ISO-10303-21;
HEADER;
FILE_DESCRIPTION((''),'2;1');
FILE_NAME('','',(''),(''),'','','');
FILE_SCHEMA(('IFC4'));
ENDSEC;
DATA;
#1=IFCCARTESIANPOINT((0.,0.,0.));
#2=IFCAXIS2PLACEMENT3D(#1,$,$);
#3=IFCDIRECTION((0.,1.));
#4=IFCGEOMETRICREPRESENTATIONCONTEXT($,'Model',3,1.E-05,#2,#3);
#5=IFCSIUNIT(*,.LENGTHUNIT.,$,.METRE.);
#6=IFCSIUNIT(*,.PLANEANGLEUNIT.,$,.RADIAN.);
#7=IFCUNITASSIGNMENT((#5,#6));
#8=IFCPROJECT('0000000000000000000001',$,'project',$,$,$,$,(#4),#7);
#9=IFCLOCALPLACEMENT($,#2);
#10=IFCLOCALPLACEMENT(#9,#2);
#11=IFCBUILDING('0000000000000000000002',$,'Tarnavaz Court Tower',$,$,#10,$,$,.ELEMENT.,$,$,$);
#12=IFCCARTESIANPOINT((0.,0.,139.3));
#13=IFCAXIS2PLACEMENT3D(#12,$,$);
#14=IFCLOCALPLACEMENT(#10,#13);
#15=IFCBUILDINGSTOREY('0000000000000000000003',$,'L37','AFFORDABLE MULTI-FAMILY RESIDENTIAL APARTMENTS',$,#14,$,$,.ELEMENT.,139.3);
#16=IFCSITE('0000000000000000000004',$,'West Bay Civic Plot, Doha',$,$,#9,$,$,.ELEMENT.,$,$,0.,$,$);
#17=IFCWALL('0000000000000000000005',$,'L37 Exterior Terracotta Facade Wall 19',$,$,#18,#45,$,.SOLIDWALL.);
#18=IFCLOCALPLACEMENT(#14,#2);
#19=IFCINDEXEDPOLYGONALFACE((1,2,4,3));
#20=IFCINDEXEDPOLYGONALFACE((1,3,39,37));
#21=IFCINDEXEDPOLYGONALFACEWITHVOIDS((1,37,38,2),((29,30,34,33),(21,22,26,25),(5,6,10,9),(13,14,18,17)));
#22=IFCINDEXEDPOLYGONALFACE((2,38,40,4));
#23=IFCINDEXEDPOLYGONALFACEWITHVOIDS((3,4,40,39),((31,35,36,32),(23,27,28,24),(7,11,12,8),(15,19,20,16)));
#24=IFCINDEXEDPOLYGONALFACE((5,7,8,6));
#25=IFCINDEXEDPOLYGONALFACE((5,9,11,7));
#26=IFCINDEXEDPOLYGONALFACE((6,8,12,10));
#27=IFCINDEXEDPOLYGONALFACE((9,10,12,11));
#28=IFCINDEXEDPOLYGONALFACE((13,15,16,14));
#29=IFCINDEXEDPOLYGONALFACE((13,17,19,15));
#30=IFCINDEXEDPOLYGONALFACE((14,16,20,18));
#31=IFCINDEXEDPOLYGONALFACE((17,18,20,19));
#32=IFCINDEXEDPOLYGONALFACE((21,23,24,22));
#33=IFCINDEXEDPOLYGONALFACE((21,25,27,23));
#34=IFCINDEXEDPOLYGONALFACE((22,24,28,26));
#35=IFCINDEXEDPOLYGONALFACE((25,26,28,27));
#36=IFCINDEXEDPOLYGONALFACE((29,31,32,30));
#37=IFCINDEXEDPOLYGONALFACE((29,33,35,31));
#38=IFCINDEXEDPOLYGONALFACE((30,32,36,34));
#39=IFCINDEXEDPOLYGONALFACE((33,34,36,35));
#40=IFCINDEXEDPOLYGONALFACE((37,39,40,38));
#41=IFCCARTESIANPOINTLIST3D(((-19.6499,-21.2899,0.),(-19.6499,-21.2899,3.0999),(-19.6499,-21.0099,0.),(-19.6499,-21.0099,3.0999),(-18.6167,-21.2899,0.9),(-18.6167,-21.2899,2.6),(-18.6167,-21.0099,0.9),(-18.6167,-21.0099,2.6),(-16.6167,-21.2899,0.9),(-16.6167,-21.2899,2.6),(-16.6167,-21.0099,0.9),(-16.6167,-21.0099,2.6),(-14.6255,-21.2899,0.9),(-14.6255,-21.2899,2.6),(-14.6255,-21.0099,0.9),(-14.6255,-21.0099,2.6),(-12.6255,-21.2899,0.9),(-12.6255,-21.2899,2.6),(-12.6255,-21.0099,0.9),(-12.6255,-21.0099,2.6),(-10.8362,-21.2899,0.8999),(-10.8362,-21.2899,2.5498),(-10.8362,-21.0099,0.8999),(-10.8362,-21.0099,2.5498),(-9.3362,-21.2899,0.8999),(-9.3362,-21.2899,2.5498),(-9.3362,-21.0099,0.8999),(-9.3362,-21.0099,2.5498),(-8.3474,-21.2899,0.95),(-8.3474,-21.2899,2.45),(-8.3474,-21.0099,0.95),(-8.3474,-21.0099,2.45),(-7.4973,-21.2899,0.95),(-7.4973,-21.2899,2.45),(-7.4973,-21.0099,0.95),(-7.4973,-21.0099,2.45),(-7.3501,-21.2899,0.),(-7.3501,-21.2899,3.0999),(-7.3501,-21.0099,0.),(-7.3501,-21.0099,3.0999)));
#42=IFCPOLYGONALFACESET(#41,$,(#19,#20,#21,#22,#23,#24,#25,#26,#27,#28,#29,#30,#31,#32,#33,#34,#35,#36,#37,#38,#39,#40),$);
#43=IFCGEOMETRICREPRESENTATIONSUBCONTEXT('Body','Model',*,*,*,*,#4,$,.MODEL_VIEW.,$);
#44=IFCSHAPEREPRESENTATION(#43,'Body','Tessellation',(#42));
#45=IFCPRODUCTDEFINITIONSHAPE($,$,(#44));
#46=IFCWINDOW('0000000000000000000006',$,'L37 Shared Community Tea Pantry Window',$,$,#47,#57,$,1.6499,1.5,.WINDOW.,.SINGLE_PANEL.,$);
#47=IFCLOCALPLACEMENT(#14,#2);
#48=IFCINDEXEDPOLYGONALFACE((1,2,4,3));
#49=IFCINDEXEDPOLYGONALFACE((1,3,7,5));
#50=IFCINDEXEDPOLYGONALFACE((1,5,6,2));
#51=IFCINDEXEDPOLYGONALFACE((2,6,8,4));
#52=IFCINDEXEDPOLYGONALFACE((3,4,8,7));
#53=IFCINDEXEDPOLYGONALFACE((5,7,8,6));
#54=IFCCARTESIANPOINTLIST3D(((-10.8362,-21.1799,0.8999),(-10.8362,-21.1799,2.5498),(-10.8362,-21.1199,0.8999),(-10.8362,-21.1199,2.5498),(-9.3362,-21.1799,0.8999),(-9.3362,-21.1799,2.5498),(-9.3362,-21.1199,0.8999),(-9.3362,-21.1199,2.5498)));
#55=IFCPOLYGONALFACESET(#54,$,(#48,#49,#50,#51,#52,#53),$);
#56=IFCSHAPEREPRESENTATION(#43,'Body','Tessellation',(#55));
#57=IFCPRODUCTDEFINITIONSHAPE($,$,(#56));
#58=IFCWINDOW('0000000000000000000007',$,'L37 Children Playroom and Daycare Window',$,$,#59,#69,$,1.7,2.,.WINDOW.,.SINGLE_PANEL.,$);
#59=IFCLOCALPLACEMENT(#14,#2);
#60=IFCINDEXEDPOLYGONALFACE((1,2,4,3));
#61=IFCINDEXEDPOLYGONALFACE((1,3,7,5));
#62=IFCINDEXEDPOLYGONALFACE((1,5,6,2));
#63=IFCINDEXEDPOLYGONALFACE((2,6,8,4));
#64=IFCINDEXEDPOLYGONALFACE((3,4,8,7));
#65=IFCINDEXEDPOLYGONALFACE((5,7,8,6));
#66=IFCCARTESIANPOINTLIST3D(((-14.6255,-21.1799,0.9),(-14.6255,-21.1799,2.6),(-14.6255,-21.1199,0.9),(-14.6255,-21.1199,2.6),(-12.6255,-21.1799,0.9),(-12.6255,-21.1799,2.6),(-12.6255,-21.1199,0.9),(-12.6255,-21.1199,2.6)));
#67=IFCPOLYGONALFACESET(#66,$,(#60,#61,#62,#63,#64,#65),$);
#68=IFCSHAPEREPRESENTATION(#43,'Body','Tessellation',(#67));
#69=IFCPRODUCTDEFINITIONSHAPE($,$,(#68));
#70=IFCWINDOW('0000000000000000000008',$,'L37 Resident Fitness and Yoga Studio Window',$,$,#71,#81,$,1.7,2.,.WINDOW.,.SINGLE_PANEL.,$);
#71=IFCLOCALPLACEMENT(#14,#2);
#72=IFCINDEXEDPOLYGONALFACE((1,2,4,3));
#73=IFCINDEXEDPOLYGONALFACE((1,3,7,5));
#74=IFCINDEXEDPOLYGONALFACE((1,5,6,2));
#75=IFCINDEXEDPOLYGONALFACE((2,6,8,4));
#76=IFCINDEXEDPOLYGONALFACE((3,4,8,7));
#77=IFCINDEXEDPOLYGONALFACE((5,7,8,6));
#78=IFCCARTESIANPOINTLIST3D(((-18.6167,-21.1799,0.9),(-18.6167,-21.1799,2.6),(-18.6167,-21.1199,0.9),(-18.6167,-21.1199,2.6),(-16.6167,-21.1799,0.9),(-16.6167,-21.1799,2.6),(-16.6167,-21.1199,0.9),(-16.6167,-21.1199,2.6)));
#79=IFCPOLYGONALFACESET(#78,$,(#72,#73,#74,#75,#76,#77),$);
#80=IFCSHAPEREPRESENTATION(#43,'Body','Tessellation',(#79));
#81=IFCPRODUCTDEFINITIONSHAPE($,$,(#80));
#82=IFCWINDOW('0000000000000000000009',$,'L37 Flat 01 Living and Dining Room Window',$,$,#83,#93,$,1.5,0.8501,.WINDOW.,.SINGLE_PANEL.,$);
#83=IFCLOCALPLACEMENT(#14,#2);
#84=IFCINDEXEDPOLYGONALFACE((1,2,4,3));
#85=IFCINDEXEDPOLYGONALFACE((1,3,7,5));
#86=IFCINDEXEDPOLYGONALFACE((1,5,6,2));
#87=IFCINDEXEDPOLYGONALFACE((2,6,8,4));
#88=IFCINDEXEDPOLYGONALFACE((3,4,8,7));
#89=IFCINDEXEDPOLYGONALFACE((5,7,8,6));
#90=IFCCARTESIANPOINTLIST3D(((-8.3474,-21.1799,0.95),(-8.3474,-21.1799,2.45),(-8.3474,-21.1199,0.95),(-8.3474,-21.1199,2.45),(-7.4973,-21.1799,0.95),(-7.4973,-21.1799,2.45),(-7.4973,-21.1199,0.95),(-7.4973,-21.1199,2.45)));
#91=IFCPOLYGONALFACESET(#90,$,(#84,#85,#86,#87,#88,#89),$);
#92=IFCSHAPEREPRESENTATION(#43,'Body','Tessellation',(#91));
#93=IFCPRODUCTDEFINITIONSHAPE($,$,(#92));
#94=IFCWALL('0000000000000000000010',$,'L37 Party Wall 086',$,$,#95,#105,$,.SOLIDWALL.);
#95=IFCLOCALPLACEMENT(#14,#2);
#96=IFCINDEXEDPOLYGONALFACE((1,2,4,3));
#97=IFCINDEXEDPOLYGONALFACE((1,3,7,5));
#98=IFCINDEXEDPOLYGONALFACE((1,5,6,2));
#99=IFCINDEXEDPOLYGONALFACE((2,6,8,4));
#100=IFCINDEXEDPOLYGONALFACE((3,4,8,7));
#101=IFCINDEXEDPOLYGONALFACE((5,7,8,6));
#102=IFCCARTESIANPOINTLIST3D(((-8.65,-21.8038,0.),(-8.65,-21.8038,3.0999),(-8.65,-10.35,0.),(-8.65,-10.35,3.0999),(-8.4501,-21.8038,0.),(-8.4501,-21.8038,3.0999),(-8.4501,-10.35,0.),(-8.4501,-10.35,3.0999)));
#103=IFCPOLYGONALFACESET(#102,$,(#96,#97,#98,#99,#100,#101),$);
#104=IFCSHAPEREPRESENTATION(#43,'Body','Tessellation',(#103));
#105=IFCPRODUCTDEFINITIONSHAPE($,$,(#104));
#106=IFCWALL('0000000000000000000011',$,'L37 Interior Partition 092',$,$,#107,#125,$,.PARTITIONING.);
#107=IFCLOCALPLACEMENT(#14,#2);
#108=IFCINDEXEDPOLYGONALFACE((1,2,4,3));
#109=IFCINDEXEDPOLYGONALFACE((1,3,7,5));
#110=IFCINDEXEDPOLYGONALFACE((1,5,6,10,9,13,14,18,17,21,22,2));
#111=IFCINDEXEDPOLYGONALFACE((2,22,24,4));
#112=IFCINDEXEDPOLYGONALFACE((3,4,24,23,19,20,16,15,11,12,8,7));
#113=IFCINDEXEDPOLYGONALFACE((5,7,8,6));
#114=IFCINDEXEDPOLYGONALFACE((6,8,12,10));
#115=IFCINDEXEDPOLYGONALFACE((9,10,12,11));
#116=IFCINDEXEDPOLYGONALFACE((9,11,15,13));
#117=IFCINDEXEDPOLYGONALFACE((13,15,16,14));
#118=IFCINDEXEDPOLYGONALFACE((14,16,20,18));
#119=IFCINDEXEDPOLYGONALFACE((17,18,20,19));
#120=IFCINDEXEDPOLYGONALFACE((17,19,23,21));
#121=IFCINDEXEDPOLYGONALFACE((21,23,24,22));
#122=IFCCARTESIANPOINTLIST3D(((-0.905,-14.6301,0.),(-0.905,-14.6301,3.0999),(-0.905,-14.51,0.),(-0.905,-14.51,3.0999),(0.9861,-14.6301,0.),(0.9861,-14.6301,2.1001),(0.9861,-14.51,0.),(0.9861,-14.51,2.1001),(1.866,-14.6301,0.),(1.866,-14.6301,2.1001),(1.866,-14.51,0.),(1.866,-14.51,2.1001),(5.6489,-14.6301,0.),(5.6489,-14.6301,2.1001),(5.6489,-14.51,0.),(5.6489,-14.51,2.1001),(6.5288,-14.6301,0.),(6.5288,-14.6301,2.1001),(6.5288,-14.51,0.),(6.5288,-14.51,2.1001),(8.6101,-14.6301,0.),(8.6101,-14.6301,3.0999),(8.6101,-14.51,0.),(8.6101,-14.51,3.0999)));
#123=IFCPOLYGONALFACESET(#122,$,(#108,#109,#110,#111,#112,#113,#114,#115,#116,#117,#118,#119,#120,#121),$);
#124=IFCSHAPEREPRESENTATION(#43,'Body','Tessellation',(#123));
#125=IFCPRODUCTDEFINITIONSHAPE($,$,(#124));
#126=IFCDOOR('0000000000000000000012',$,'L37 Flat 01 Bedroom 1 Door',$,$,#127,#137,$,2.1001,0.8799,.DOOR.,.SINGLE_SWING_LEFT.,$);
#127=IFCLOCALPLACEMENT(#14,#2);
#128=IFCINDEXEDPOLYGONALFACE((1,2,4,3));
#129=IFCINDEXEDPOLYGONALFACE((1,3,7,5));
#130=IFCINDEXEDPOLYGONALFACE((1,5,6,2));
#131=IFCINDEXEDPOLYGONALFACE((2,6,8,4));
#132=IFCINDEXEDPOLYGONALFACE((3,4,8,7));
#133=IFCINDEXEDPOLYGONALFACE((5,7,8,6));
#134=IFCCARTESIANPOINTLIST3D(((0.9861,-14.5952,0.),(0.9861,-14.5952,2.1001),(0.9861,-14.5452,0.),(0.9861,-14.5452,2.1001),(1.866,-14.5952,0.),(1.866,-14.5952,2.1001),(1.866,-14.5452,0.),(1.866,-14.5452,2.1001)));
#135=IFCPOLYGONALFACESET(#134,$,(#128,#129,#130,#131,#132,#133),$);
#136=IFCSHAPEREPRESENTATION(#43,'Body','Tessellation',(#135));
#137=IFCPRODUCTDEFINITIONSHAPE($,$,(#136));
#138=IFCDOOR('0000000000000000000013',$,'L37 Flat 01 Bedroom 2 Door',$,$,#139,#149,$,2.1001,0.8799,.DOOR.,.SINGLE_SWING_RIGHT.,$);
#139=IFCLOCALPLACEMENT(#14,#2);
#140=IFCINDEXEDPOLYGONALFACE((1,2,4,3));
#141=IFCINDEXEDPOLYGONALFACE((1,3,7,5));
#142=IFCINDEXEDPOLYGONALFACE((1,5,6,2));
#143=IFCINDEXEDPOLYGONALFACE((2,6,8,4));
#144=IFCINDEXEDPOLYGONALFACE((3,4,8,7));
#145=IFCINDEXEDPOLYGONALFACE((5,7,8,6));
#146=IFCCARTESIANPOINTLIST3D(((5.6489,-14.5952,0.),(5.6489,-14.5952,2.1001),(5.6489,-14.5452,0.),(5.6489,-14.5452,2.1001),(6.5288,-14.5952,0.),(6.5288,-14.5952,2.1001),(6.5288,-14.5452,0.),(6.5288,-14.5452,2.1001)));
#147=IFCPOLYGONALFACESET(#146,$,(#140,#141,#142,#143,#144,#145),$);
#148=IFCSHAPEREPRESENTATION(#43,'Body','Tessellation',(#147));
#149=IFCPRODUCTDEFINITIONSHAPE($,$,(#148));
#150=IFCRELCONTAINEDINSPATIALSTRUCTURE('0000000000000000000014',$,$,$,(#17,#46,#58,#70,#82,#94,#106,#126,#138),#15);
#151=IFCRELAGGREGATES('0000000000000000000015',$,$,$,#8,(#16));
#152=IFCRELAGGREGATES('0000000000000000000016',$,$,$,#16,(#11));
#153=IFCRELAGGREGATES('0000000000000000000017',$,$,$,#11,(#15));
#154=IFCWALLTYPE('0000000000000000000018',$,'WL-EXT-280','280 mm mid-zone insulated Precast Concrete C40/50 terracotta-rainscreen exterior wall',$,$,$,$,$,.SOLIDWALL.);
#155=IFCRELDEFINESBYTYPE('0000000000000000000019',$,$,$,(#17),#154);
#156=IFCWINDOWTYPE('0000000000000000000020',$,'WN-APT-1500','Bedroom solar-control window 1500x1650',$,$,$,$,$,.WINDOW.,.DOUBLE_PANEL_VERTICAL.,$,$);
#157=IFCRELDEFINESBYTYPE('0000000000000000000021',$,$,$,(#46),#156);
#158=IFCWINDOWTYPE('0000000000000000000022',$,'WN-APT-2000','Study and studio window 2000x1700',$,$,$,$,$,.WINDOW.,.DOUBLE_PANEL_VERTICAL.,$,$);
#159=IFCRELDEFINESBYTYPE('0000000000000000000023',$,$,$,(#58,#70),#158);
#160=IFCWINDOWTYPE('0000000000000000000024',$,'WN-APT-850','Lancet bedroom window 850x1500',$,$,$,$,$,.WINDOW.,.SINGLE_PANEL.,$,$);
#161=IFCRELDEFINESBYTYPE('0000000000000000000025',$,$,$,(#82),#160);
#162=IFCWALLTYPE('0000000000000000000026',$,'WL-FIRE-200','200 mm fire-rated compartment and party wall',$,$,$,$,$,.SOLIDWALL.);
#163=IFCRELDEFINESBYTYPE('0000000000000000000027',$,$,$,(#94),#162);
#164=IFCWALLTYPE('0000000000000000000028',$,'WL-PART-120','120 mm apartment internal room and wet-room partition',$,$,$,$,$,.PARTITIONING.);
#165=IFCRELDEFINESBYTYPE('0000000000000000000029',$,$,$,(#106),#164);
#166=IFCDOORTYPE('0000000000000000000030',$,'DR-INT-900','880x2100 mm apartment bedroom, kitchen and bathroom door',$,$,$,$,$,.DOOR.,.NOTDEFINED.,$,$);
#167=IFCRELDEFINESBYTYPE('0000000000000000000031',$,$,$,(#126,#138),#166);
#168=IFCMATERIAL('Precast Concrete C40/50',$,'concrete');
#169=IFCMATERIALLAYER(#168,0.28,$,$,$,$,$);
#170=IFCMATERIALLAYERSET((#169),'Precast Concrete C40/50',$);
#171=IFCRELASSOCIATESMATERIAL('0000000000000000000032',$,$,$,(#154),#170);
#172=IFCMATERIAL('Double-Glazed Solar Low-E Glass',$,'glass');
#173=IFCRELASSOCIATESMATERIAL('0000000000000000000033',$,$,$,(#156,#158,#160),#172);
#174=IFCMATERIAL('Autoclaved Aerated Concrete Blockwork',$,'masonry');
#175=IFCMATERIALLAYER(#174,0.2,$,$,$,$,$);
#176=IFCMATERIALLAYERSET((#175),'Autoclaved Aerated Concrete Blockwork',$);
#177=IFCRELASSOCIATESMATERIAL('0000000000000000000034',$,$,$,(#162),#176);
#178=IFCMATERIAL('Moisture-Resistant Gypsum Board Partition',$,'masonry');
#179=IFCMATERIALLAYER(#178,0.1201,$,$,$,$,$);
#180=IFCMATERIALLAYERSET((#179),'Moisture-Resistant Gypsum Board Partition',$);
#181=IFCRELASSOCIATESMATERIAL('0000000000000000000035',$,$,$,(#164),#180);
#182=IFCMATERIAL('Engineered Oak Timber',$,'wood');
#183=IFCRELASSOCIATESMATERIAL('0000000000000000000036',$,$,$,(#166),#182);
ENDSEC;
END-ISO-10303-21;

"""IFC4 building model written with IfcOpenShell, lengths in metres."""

from ifc_helpers import new_model, si_unit, direction, frame, frame_2d, origin, place, context, subcontext, project, spatial, rectangle, extrude, material, layer, layer_set, type_object, element, fill, save


model = new_model("IFC4")

# Units and contexts
model_context = context("Model", 3, precision=1e-05, world=origin(), true_north=direction((0.0, 1.0)))
body_context = subcontext(model_context, "Body", "Model", "MODEL_VIEW")
ifc_project = project(units=[si_unit("LENGTHUNIT", "METRE"), si_unit("PLANEANGLEUNIT", "RADIAN")], contexts=[model_context])

# Site, building, storey
site_placement = place(None, origin())
site = spatial("IfcSite", under=ifc_project, at=site_placement, Name="West Bay Civic Plot, Doha", CompositionType="ELEMENT", RefElevation=0.0)
building_placement = place(site_placement, origin())
building = spatial("IfcBuilding", under=site, at=building_placement, Name="Tarnavaz Court Tower", CompositionType="ELEMENT")
storey_placement = place(building_placement, frame((0.0, 0.0, 139.3)))
storey = spatial("IfcBuildingStorey", under=building, at=storey_placement, Name="L37", Description="AFFORDABLE MULTI-FAMILY RESIDENTIAL APARTMENTS", CompositionType="ELEMENT", Elevation=139.3)

# Shared definitions
ifc_material_1 = material(Name="Double-Glazed Solar Low-E Glass", Category="glass")

# Shared definitions
ifc_material_2 = material(Name="Precast Concrete C40/50", Category="concrete")
ifc_layer_1 = layer(ifc_material_2, 0.28)
ifc_layer_set_1 = layer_set([ifc_layer_1], Name="Precast Concrete C40/50")
wall_type_1 = type_object("IfcWallType", Name="WL-EXT-280", Description="280 mm mid-zone insulated Precast Concrete C40/50 terracotta-rainscreen exterior wall", PredefinedType="SOLIDWALL", material=ifc_layer_set_1)

# Wall, openings, windows
wall_1_placement = place(storey_placement, frame((-7.3501, -21.1499, 0.0), z_axis=(0.0, 0.0, 1.0), x_axis=(-1.0, 0.0, 0.0)))
wall_1 = element("IfcWall", 1, at=wall_1_placement, inside=storey, type_object=wall_type_1, Name="L37 Exterior Terracotta Facade Wall 19", PredefinedType="SOLIDWALL", context=body_context, shape_type="SweptSolid", body=[
    extrude(rectangle(XDim=12.2998, YDim=0.28, at=frame_2d((6.1499, 0.0))), origin(), (0.0, 0.0, 1.0), 3.0999),
])
opening_1_placement = place(wall_1_placement, frame((0.1472, 0.0, 0.95)))
opening_1 = element("IfcOpeningElement", 2, at=opening_1_placement, cuts=wall_1, PredefinedType="OPENING", context=body_context, shape_type="SweptSolid", body=[
    extrude(rectangle(XDim=0.8501, YDim=1.5, at=frame_2d((0.425, 0.75))), frame((0.0, 0.1499, 0.0), z_axis=(0.0, -1.0, 0.0), x_axis=(1.0, 0.0, 0.0)), (0.0, 0.0, 1.0), 0.3),
])
opening_2_placement = place(wall_1_placement, frame((1.9861, 0.0, 0.8999)))
opening_2 = element("IfcOpeningElement", 3, at=opening_2_placement, cuts=wall_1, PredefinedType="OPENING", context=body_context, shape_type="SweptSolid", body=[
    extrude(rectangle(XDim=1.5, YDim=1.6499, at=frame_2d((0.75, 0.825))), frame((0.0, 0.1499, 0.0), z_axis=(0.0, -1.0, 0.0), x_axis=(1.0, 0.0, 0.0)), (0.0, 0.0, 1.0), 0.3),
])
opening_3_placement = place(wall_1_placement, frame((5.2754, 0.0, 0.8999)))
opening_3 = element("IfcOpeningElement", 4, at=opening_3_placement, cuts=wall_1, PredefinedType="OPENING", context=body_context, shape_type="SweptSolid", body=[
    extrude(rectangle(XDim=2.0, YDim=1.7, at=frame_2d((1.0, 0.8501))), frame((0.0, 0.1499, 0.0), z_axis=(0.0, -1.0, 0.0), x_axis=(1.0, 0.0, 0.0)), (0.0, 0.0, 1.0), 0.3),
])
opening_4_placement = place(wall_1_placement, frame((9.2666, 0.0, 0.8999)))
opening_4 = element("IfcOpeningElement", 5, at=opening_4_placement, cuts=wall_1, PredefinedType="OPENING", context=body_context, shape_type="SweptSolid", body=[
    extrude(rectangle(XDim=2.0, YDim=1.7, at=frame_2d((1.0, 0.8501))), frame((0.0, 0.1499, 0.0), z_axis=(0.0, -1.0, 0.0), x_axis=(1.0, 0.0, 0.0)), (0.0, 0.0, 1.0), 0.3),
])
window_type_1 = type_object("IfcWindowType", Name="WN-APT-1500", Description="Bedroom solar-control window 1500x1650", PartitioningType="DOUBLE_PANEL_VERTICAL", PredefinedType="WINDOW", material=ifc_material_1)
window_1_placement = place(opening_2_placement, origin())
window_1 = element("IfcWindow", 6, at=window_1_placement, inside=storey, type_object=window_type_1, Name="L37 Shared Community Tea Pantry Window", OverallHeight=1.6499, OverallWidth=1.5, PartitioningType="SINGLE_PANEL", PredefinedType="WINDOW", context=body_context, shape_type="SweptSolid", body=[
    extrude(rectangle(XDim=1.5, YDim=1.6499, at=frame_2d((0.75, 0.825))), frame((0.0, 0.03, 0.0), z_axis=(0.0, -1.0, 0.0), x_axis=(1.0, 0.0, 0.0)), (0.0, 0.0, 1.0), 0.0601),
])
fill(opening_2, window_1)
window_type_2 = type_object("IfcWindowType", Name="WN-APT-2000", Description="Study and studio window 2000x1700", PartitioningType="DOUBLE_PANEL_VERTICAL", PredefinedType="WINDOW", material=ifc_material_1)
window_2_placement = place(opening_3_placement, origin())
window_2 = element("IfcWindow", 7, at=window_2_placement, inside=storey, type_object=window_type_2, Name="L37 Children Playroom and Daycare Window", OverallHeight=1.7, OverallWidth=2.0, PartitioningType="SINGLE_PANEL", PredefinedType="WINDOW", context=body_context, shape_type="SweptSolid", body=[
    extrude(rectangle(XDim=2.0, YDim=1.7, at=frame_2d((1.0, 0.8501))), frame((0.0, 0.03, 0.0), z_axis=(0.0, -1.0, 0.0), x_axis=(1.0, 0.0, 0.0)), (0.0, 0.0, 1.0), 0.0601),
])
fill(opening_3, window_2)
window_3_placement = place(opening_4_placement, origin())
window_3 = element("IfcWindow", 8, at=window_3_placement, inside=storey, type_object=window_type_2, Name="L37 Resident Fitness and Yoga Studio Window", OverallHeight=1.7, OverallWidth=2.0, PartitioningType="SINGLE_PANEL", PredefinedType="WINDOW", context=body_context, shape_type="SweptSolid", body=[
    extrude(rectangle(XDim=2.0, YDim=1.7, at=frame_2d((1.0, 0.8501))), frame((0.0, 0.03, 0.0), z_axis=(0.0, -1.0, 0.0), x_axis=(1.0, 0.0, 0.0)), (0.0, 0.0, 1.0), 0.0601),
])
fill(opening_4, window_3)
window_type_3 = type_object("IfcWindowType", Name="WN-APT-850", Description="Lancet bedroom window 850x1500", PartitioningType="SINGLE_PANEL", PredefinedType="WINDOW", material=ifc_material_1)
window_4_placement = place(opening_1_placement, origin())
window_4 = element("IfcWindow", 9, at=window_4_placement, inside=storey, type_object=window_type_3, Name="L37 Flat 01 Living and Dining Room Window", OverallHeight=1.5, OverallWidth=0.8501, PartitioningType="SINGLE_PANEL", PredefinedType="WINDOW", context=body_context, shape_type="SweptSolid", body=[
    extrude(rectangle(XDim=0.8501, YDim=1.5, at=frame_2d((0.425, 0.75))), frame((0.0, 0.03, 0.0), z_axis=(0.0, -1.0, 0.0), x_axis=(1.0, 0.0, 0.0)), (0.0, 0.0, 1.0), 0.0601),
])
fill(opening_1, window_4)

# Wall
ifc_material_3 = material(Name="Autoclaved Aerated Concrete Blockwork", Category="masonry")
ifc_layer_2 = layer(ifc_material_3, 0.2)
ifc_layer_set_2 = layer_set([ifc_layer_2], Name="Autoclaved Aerated Concrete Blockwork")
wall_type_2 = type_object("IfcWallType", Name="WL-FIRE-200", Description="200 mm fire-rated compartment and party wall", PredefinedType="SOLIDWALL", material=ifc_layer_set_2)
wall_2_placement = place(storey_placement, frame((-8.55, -21.804, 0.0), z_axis=(0.0, 0.0, 1.0), x_axis=(0.0, 1.0, 0.0)))
element("IfcWall", 10, at=wall_2_placement, inside=storey, type_object=wall_type_2, Name="L37 Party Wall 086", PredefinedType="SOLIDWALL", context=body_context, shape_type="SweptSolid", body=[
    extrude(rectangle(XDim=11.4539, YDim=0.2, at=frame_2d((5.7271, 0.0))), origin(), (0.0, 0.0, 1.0), 3.0999),
])

# Wall, openings, doors
ifc_material_4 = material(Name="Moisture-Resistant Gypsum Board Partition", Category="masonry")
ifc_layer_3 = layer(ifc_material_4, 0.1201)
ifc_layer_set_3 = layer_set([ifc_layer_3], Name="Moisture-Resistant Gypsum Board Partition")
wall_type_3 = type_object("IfcWallType", Name="WL-PART-120", Description="120 mm apartment internal room and wet-room partition", PredefinedType="PARTITIONING", material=ifc_layer_set_3)
wall_3_placement = place(storey_placement, frame((-0.905, -14.5701, 0.0), z_axis=(0.0, 0.0, 1.0), x_axis=(1.0, 0.0, 0.0)))
wall_3 = element("IfcWall", 11, at=wall_3_placement, inside=storey, type_object=wall_type_3, Name="L37 Interior Partition 092", PredefinedType="PARTITIONING", context=body_context, shape_type="SweptSolid", body=[
    extrude(rectangle(XDim=9.5151, YDim=0.1201, at=frame_2d((4.7576, 0.0))), origin(), (0.0, 0.0, 1.0), 3.0999),
])
opening_5_placement = place(wall_3_placement, frame((1.8911, 0.0, 0.0)))
opening_5 = element("IfcOpeningElement", 12, at=opening_5_placement, cuts=wall_3, PredefinedType="OPENING", context=body_context, shape_type="SweptSolid", body=[
    extrude(rectangle(XDim=0.8799, YDim=2.1001, at=frame_2d((0.4399, 1.05))), frame((0.0, 0.0701, 0.0), z_axis=(0.0, -1.0, 0.0), x_axis=(1.0, 0.0, 0.0)), (0.0, 0.0, 1.0), 0.1401),
])
opening_6_placement = place(wall_3_placement, frame((6.554, 0.0, 0.0)))
opening_6 = element("IfcOpeningElement", 13, at=opening_6_placement, cuts=wall_3, PredefinedType="OPENING", context=body_context, shape_type="SweptSolid", body=[
    extrude(rectangle(XDim=0.8799, YDim=2.1001, at=frame_2d((0.4399, 1.05))), frame((0.0, 0.0701, 0.0), z_axis=(0.0, -1.0, 0.0), x_axis=(1.0, 0.0, 0.0)), (0.0, 0.0, 1.0), 0.1401),
])
ifc_material_5 = material(Name="Engineered Oak Timber", Category="wood")
door_type = type_object("IfcDoorType", Name="DR-INT-900", Description="880x2100 mm apartment bedroom, kitchen and bathroom door", OperationType="NOTDEFINED", PredefinedType="DOOR", material=ifc_material_5)
door_1_placement = place(opening_5_placement, origin())
door_1 = element("IfcDoor", 14, at=door_1_placement, inside=storey, type_object=door_type, Name="L37 Flat 01 Bedroom 1 Door", OperationType="SINGLE_SWING_LEFT", OverallHeight=2.1001, OverallWidth=0.8799, PredefinedType="DOOR", context=body_context, shape_type="SweptSolid", body=[
    extrude(rectangle(XDim=0.8799, YDim=2.1001, at=frame_2d((0.4399, 1.05))), frame((0.0, 0.0249, 0.0), z_axis=(0.0, -1.0, 0.0), x_axis=(1.0, 0.0, 0.0)), (0.0, 0.0, 1.0), 0.05),
])
fill(opening_5, door_1)
door_2_placement = place(opening_6_placement, origin())
door_2 = element("IfcDoor", 15, at=door_2_placement, inside=storey, type_object=door_type, Name="L37 Flat 01 Bedroom 2 Door", OperationType="SINGLE_SWING_RIGHT", OverallHeight=2.1001, OverallWidth=0.8799, PredefinedType="DOOR", context=body_context, shape_type="SweptSolid", body=[
    extrude(rectangle(XDim=0.8799, YDim=2.1001, at=frame_2d((0.4399, 1.05))), frame((0.0, 0.0249, 0.0), z_axis=(0.0, -1.0, 0.0), x_axis=(1.0, 0.0, 0.0)), (0.0, 0.0, 1.0), 0.05),
])
fill(opening_6, door_2)

save(model, "model.ifc")
